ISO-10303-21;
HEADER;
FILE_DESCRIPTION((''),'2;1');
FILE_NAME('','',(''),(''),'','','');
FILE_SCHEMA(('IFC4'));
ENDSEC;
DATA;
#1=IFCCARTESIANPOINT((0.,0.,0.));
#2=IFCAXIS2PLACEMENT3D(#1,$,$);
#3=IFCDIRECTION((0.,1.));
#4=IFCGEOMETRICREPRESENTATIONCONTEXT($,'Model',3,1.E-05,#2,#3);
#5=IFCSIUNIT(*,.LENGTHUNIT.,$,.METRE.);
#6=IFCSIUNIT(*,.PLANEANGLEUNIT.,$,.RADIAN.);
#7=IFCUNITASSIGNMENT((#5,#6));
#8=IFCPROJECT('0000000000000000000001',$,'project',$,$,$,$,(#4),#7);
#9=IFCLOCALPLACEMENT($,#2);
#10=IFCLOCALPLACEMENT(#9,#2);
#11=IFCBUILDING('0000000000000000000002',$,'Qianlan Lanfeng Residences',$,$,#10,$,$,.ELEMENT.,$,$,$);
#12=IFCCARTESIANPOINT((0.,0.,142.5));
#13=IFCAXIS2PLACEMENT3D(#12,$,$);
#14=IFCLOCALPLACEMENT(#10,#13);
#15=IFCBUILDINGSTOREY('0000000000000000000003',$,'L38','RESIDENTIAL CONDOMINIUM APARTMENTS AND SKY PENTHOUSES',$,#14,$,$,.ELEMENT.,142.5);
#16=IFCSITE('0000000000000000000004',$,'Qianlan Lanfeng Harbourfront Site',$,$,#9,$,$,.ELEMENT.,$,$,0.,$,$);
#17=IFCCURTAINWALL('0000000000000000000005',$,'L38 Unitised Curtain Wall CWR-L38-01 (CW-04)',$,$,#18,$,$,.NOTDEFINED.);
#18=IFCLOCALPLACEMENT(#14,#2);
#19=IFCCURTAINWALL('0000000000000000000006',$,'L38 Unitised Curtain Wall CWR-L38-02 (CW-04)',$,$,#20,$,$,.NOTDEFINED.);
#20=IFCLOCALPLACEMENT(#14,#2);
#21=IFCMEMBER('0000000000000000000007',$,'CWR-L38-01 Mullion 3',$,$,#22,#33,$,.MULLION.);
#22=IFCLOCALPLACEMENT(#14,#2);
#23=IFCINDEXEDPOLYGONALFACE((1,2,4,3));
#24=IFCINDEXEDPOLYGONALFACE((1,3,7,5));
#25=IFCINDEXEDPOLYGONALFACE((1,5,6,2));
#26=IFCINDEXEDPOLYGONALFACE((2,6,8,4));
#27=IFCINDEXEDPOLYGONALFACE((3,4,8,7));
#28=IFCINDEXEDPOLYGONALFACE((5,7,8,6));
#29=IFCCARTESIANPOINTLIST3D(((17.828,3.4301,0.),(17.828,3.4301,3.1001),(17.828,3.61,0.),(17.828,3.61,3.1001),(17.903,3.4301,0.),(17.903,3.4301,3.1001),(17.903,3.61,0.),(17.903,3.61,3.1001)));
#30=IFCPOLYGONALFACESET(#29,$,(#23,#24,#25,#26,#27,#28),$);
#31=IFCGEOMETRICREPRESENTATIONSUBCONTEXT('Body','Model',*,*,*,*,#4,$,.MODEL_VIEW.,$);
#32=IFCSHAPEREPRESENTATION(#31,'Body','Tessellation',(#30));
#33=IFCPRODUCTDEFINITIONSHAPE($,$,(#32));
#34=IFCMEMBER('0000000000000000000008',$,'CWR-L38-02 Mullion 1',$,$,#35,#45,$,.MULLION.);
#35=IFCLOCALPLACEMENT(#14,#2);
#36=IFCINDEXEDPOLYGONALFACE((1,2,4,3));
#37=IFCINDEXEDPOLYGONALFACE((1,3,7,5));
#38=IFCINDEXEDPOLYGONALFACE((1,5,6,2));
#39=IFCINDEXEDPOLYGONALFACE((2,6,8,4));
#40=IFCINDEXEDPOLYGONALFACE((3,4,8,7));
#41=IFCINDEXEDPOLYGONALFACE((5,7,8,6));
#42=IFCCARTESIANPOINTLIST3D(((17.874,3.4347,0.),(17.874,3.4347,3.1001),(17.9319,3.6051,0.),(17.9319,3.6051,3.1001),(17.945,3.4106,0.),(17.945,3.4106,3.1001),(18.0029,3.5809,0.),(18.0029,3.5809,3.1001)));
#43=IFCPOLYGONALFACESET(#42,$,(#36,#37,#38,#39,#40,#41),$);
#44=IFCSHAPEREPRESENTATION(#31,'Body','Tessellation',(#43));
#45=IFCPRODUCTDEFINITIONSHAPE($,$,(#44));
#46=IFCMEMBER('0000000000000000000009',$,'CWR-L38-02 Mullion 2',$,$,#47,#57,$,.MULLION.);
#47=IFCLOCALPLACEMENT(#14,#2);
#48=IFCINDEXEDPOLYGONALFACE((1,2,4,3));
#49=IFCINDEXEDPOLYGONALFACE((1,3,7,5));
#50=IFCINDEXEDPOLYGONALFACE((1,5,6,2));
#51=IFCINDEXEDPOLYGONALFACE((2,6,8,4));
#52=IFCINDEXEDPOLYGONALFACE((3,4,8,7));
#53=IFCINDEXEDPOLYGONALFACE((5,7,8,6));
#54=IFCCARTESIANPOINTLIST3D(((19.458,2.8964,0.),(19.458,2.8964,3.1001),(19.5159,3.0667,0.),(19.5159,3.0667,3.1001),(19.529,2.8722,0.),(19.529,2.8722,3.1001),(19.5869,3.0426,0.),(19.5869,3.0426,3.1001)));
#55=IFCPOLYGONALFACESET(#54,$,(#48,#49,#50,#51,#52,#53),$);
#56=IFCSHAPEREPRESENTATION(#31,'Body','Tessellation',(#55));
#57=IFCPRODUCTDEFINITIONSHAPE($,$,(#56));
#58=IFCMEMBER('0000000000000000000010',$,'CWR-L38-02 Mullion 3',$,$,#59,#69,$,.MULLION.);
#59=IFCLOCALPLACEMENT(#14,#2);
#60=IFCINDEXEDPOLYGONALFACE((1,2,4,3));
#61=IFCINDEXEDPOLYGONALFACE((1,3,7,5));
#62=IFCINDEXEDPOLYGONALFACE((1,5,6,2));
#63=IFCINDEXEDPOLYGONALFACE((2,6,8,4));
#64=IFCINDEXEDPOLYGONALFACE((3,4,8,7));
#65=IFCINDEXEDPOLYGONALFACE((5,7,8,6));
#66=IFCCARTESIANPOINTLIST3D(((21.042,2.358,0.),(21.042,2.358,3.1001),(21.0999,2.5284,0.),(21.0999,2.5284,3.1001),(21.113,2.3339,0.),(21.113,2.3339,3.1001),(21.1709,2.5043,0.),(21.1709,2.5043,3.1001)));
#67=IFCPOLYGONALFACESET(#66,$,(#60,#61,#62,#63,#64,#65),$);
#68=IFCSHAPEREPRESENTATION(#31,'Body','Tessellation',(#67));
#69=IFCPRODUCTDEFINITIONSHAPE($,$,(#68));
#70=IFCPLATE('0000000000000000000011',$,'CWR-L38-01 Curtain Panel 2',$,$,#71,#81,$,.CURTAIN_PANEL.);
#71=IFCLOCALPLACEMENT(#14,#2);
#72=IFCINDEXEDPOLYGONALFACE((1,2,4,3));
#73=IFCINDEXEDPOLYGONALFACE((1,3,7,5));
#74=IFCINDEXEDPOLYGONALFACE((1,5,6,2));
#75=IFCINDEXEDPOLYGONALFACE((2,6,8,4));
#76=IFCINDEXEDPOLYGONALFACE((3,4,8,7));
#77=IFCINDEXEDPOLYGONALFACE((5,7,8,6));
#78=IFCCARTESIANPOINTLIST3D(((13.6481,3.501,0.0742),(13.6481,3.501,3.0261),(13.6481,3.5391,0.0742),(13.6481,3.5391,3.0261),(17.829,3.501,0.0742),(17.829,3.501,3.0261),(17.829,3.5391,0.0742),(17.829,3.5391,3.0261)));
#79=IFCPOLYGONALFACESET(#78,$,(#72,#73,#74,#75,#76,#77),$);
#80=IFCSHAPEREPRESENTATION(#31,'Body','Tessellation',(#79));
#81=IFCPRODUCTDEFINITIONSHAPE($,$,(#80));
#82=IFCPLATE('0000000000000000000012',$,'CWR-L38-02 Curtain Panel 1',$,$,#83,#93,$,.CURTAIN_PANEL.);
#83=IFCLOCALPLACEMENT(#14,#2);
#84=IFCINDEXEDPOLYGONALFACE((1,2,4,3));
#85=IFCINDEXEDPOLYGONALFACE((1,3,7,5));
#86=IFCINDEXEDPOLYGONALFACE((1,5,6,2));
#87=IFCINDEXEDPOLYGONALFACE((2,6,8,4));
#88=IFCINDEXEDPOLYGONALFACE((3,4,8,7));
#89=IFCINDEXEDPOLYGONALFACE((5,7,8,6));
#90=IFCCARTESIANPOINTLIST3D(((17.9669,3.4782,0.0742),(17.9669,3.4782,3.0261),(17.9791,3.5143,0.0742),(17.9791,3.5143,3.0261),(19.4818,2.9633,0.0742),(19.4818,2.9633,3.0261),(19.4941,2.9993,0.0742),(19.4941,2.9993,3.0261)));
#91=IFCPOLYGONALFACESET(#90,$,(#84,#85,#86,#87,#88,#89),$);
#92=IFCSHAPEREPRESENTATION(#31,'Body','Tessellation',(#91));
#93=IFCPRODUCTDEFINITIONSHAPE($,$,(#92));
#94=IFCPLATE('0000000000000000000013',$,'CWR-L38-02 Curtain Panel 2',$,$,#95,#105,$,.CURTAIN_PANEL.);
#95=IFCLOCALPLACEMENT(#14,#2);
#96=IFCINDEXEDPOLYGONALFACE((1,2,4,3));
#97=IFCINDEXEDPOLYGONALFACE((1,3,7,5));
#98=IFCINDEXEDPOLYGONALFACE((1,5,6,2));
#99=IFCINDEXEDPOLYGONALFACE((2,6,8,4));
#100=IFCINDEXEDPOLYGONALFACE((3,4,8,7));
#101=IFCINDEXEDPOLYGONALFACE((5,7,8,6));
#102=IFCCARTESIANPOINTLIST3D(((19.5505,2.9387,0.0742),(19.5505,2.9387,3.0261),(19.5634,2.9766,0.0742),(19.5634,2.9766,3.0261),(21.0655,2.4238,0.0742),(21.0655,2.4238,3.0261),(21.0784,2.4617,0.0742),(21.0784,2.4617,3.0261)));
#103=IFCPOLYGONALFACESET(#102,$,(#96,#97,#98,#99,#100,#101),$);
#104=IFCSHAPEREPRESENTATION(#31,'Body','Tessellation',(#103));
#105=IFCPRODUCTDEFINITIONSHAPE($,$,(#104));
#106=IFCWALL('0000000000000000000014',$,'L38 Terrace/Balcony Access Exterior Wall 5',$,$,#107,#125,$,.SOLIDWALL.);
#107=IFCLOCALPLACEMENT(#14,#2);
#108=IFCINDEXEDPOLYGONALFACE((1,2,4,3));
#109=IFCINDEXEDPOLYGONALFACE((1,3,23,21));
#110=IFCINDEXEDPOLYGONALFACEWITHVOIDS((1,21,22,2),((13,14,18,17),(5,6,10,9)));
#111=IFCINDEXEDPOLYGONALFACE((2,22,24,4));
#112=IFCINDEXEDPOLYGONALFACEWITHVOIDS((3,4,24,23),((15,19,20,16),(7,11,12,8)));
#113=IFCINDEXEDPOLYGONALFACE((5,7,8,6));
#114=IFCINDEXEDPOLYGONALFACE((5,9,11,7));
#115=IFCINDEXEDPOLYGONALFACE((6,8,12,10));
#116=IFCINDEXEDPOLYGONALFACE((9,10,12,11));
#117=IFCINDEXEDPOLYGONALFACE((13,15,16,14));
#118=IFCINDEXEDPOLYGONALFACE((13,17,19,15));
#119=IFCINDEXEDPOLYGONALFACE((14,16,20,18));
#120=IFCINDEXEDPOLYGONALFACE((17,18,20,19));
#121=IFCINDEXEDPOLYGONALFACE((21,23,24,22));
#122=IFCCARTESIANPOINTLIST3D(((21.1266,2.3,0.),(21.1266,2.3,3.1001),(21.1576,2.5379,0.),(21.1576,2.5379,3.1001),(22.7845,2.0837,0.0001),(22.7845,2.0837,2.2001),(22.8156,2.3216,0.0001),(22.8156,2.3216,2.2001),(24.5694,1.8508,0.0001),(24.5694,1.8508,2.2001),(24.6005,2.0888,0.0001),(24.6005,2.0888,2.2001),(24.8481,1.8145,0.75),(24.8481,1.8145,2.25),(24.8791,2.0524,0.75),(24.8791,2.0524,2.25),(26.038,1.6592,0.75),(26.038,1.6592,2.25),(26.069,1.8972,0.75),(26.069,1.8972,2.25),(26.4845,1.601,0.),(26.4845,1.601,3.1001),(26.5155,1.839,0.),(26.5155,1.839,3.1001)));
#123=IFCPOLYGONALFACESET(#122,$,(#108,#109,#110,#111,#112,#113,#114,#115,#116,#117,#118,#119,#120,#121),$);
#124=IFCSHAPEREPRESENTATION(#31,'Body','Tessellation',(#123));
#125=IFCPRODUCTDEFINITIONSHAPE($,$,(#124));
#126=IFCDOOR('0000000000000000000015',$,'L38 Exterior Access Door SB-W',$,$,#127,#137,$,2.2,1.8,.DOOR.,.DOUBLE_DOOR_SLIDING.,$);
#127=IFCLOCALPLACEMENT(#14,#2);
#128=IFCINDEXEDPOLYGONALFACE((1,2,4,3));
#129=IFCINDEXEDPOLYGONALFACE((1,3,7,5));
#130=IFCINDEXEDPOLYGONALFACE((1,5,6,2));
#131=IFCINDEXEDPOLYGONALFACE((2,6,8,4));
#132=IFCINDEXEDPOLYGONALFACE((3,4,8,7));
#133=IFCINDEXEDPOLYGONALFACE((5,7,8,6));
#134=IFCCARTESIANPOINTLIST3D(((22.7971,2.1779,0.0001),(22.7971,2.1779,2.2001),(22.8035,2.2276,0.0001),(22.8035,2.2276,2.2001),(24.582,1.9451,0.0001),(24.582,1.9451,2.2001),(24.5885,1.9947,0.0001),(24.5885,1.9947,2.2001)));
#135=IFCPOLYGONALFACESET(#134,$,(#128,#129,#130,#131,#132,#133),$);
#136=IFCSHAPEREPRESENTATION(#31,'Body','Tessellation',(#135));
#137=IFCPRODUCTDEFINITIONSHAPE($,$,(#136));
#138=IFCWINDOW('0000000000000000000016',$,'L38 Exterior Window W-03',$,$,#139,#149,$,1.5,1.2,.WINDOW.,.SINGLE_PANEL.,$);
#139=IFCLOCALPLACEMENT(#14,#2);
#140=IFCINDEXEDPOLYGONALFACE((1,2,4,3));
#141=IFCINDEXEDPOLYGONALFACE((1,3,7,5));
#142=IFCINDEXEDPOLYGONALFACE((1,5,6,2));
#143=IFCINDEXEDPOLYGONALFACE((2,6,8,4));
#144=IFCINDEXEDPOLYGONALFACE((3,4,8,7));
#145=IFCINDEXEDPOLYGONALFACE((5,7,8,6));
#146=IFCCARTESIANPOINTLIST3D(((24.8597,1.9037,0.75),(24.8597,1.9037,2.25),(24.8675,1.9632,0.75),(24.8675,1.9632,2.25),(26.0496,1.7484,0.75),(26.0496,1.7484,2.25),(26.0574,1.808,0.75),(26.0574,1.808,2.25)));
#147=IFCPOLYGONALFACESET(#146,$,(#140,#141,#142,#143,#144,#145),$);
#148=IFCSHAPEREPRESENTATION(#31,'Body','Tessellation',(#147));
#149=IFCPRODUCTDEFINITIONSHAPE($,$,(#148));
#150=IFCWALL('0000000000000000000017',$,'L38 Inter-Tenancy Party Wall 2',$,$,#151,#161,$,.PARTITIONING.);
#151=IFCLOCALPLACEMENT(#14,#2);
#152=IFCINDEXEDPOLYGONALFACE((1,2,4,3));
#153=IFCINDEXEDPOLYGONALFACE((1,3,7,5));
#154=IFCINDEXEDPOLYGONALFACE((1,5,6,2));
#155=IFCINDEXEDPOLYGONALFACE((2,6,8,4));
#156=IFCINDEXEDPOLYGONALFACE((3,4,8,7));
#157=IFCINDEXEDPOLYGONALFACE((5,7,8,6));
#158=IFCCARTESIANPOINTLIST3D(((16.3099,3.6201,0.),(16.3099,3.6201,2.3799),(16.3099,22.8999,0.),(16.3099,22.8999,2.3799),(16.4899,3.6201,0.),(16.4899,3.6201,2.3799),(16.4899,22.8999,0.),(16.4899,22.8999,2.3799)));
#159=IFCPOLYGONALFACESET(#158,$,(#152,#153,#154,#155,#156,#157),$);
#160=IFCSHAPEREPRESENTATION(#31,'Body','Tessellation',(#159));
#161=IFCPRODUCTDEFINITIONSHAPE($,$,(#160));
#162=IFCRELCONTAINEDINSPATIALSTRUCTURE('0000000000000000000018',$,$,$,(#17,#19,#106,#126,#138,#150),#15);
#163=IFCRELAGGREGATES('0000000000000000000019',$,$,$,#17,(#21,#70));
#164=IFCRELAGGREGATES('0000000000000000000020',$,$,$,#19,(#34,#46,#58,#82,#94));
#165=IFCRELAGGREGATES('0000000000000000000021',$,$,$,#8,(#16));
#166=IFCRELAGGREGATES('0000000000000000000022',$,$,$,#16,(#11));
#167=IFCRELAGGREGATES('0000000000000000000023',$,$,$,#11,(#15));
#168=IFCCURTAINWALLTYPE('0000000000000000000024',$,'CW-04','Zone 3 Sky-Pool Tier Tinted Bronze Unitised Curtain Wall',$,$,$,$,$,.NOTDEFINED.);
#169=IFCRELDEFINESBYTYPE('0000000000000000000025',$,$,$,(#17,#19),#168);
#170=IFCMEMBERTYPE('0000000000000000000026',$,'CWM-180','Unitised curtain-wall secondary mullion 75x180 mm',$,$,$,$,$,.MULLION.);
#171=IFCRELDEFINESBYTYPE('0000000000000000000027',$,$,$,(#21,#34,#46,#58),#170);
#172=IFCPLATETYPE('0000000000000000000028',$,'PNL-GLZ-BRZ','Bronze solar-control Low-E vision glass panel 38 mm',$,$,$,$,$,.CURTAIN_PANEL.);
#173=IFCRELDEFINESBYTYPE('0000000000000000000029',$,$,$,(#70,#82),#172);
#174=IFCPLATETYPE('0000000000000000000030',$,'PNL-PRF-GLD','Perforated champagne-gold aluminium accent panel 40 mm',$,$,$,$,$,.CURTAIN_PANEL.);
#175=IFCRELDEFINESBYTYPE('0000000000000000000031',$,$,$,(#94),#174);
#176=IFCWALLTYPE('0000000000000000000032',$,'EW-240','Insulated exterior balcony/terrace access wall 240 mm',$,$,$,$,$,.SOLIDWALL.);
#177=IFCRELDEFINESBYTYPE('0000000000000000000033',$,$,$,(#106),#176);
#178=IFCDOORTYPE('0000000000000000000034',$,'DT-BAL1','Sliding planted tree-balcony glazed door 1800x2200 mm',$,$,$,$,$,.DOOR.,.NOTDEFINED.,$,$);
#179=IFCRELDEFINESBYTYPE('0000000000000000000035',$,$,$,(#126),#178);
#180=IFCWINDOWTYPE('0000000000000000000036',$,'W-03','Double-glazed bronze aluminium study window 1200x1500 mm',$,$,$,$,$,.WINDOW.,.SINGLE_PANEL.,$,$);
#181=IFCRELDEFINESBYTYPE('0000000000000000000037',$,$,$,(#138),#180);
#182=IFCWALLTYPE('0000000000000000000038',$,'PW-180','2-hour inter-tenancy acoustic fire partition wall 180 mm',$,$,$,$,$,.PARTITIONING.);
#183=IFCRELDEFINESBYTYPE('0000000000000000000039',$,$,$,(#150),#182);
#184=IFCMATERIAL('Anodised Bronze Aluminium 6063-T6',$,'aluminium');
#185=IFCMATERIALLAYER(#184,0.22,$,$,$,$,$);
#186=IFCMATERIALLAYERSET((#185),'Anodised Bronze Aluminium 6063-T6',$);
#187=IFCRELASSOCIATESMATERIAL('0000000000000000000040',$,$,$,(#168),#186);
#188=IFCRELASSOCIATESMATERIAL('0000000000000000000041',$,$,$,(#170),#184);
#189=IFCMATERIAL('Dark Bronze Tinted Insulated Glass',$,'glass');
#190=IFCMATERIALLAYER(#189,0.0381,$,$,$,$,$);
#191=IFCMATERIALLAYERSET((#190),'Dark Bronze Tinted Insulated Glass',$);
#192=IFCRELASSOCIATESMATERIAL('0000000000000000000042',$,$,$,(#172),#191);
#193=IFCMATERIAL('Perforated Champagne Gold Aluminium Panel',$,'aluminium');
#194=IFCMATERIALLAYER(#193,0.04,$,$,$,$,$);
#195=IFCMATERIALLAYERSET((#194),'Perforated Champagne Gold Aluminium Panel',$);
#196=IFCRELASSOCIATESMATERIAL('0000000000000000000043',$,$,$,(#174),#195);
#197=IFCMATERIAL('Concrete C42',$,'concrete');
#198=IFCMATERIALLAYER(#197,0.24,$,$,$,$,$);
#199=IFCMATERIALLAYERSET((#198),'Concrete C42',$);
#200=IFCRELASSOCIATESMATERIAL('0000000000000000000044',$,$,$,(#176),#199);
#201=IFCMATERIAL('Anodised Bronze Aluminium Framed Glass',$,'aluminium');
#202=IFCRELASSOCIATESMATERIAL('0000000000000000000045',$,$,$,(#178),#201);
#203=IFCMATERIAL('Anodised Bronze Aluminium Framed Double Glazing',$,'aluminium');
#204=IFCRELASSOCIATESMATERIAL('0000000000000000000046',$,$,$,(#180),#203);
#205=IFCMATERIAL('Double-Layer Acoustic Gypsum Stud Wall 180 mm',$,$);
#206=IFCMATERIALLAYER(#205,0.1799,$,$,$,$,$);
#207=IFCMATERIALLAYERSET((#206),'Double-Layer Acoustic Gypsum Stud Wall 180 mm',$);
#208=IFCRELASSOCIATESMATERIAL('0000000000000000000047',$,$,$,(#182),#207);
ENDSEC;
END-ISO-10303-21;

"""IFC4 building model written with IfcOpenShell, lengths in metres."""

from ifc_helpers import new_model, si_unit, direction, frame, frame_2d, origin, origin_2d, place, context, subcontext, project, spatial, rectangle, extrude, source, transform, mapped, material, layer, layer_set, material_profile, profile_set, type_object, element, fill, aggregate, save


model = new_model("IFC4")

# Units and contexts
model_context = context("Model", 3, precision=1e-05, world=origin(), true_north=direction((0.0, 1.0)))
body_context = subcontext(model_context, "Body", "Model", "MODEL_VIEW")
ifc_project = project(units=[si_unit("LENGTHUNIT", "METRE"), si_unit("PLANEANGLEUNIT", "RADIAN")], contexts=[model_context])

# Site, building, storey
site_placement = place(None, origin())
site = spatial("IfcSite", under=ifc_project, at=site_placement, Name="Qianlan Lanfeng Harbourfront Site", CompositionType="ELEMENT", RefElevation=0.0)
building_placement = place(site_placement, origin())
building = spatial("IfcBuilding", under=site, at=building_placement, Name="Qianlan Lanfeng Residences", CompositionType="ELEMENT")
storey_placement = place(building_placement, frame((0.0, 0.0, 142.5)))
storey = spatial("IfcBuildingStorey", under=building, at=storey_placement, Name="L38", Description="RESIDENTIAL CONDOMINIUM APARTMENTS AND SKY PENTHOUSES", CompositionType="ELEMENT", Elevation=142.5)

# Curtain wall
ifc_material_1 = material(Name="Anodised Bronze Aluminium 6063-T6", Category="aluminium")
ifc_layer_1 = layer(ifc_material_1, 0.22)
ifc_layer_set_1 = layer_set([ifc_layer_1], Name="Anodised Bronze Aluminium 6063-T6")
curtain_wall_type = type_object("IfcCurtainWallType", Name="CW-04", Description="Zone 3 Sky-Pool Tier Tinted Bronze Unitised Curtain Wall", PredefinedType="NOTDEFINED", material=ifc_layer_set_1)
curtain_wall_1_placement = place(storey_placement, origin())
curtain_wall_1 = element("IfcCurtainWall", 1, at=curtain_wall_1_placement, inside=storey, type_object=curtain_wall_type, Name="L38 Unitised Curtain Wall CWR-L38-01 (CW-04)", PredefinedType="NOTDEFINED")

# Curtain wall
curtain_wall_2_placement = place(storey_placement, origin())
curtain_wall_2 = element("IfcCurtainWall", 2, at=curtain_wall_2_placement, inside=storey, type_object=curtain_wall_type, Name="L38 Unitised Curtain Wall CWR-L38-02 (CW-04)", PredefinedType="NOTDEFINED")

# Members
ifc_material_profile_1 = material_profile(ifc_material_1, rectangle(XDim=0.075, YDim=0.1799, at=origin_2d()), Name="ALU MULLION 75x180")
ifc_profile_set_1 = profile_set([ifc_material_profile_1], Name="Anodised Bronze Aluminium 6063-T6")
member_type_1 = type_object("IfcMemberType", Name="CWM-180", Description="Unitised curtain-wall secondary mullion 75x180 mm", PredefinedType="MULLION", material=ifc_profile_set_1)
shared_shape_1 = source(origin(), body_context, "Body", "SweptSolid", [
    extrude(rectangle(XDim=0.075, YDim=0.1799, at=origin_2d()), origin(), (0.0, 0.0, 1.0), 3.1001),
])
member_1_placement = place(storey_placement, frame((17.8655, 3.52, 0.0), z_axis=(0.0, 0.0, 1.0), x_axis=(1.0, 0.0, 0.0)))
member_1 = element("IfcMember", 3, at=member_1_placement, type_object=member_type_1, Name="CWR-L38-01 Mullion 3", PredefinedType="MULLION", context=body_context, shape_type="MappedRepresentation", body=[
    mapped(shared_shape_1, transform((0.0, 0.0, 0.0), scale=1.0)),
])
member_2_placement = place(storey_placement, frame((17.9385, 3.5078, 0.0), z_axis=(0.0, 0.0, 1.0), x_axis=(0.946796, -0.321834, 0.0)))
member_2 = element("IfcMember", 4, at=member_2_placement, type_object=member_type_1, Name="CWR-L38-02 Mullion 1", PredefinedType="MULLION", context=body_context, shape_type="MappedRepresentation", body=[
    mapped(shared_shape_1, transform((0.0, 0.0, 0.0), scale=1.0)),
])
member_3_placement = place(storey_placement, frame((19.5225, 2.9695, 0.0), z_axis=(0.0, 0.0, 1.0), x_axis=(0.946796, -0.321834, 0.0)))
member_3 = element("IfcMember", 5, at=member_3_placement, type_object=member_type_1, Name="CWR-L38-02 Mullion 2", PredefinedType="MULLION", context=body_context, shape_type="MappedRepresentation", body=[
    mapped(shared_shape_1, transform((0.0, 0.0, 0.0), scale=1.0)),
])
member_4_placement = place(storey_placement, frame((21.1064, 2.4312, 0.0), z_axis=(0.0, 0.0, 1.0), x_axis=(0.946796, -0.321834, 0.0)))
member_4 = element("IfcMember", 6, at=member_4_placement, type_object=member_type_1, Name="CWR-L38-02 Mullion 3", PredefinedType="MULLION", context=body_context, shape_type="MappedRepresentation", body=[
    mapped(shared_shape_1, transform((0.0, 0.0, 0.0), scale=1.0)),
])

# Plates
ifc_material_2 = material(Name="Dark Bronze Tinted Insulated Glass", Category="glass")
ifc_layer_2 = layer(ifc_material_2, 0.0381)
ifc_layer_set_2 = layer_set([ifc_layer_2], Name="Dark Bronze Tinted Insulated Glass")
plate_type_1 = type_object("IfcPlateType", Name="PNL-GLZ-BRZ", Description="Bronze solar-control Low-E vision glass panel 38 mm", PredefinedType="CURTAIN_PANEL", material=ifc_layer_set_2)
shared_shape_2 = source(origin(), body_context, "Body", "SweptSolid", [
    extrude(rectangle(XDim=4.1809, YDim=0.0381, at=origin_2d()), origin(), (0.0, 0.0, 1.0), 2.9519),
])
plate_1_placement = place(storey_placement, frame((15.7385, 3.52, 0.0742), z_axis=(0.0, 0.0, 1.0), x_axis=(1.0, 0.0, 0.0)))
plate_1 = element("IfcPlate", 7, at=plate_1_placement, type_object=plate_type_1, Name="CWR-L38-01 Curtain Panel 2", PredefinedType="CURTAIN_PANEL", context=body_context, shape_type="MappedRepresentation", body=[
    mapped(shared_shape_2, transform((0.0, 0.0, 0.0), scale=1.0)),
])
aggregate(curtain_wall_1, [member_1, plate_1])
shared_shape_3 = source(origin(), body_context, "Body", "SweptSolid", [
    extrude(rectangle(XDim=1.6001, YDim=0.0381, at=origin_2d()), origin(), (0.0, 0.0, 1.0), 2.9519),
])
plate_2_placement = place(storey_placement, frame((18.7305, 3.2388, 0.0742), z_axis=(0.0, 0.0, 1.0), x_axis=(0.946796, -0.321834, 0.0)))
plate_2 = element("IfcPlate", 8, at=plate_2_placement, type_object=plate_type_1, Name="CWR-L38-02 Curtain Panel 1", PredefinedType="CURTAIN_PANEL", context=body_context, shape_type="MappedRepresentation", body=[
    mapped(shared_shape_3, transform((0.0, 0.0, 0.0), scale=1.0)),
])
ifc_material_3 = material(Name="Perforated Champagne Gold Aluminium Panel", Category="aluminium")
ifc_layer_3 = layer(ifc_material_3, 0.04)
ifc_layer_set_3 = layer_set([ifc_layer_3], Name="Perforated Champagne Gold Aluminium Panel")
plate_type_2 = type_object("IfcPlateType", Name="PNL-PRF-GLD", Description="Perforated champagne-gold aluminium accent panel 40 mm", PredefinedType="CURTAIN_PANEL", material=ifc_layer_set_3)
shared_shape_4 = source(origin(), body_context, "Body", "SweptSolid", [
    extrude(rectangle(XDim=1.6001, YDim=0.04, at=origin_2d()), origin(), (0.0, 0.0, 1.0), 2.9519),
])
plate_3_placement = place(storey_placement, frame((20.3145, 2.7002, 0.0742), z_axis=(0.0, 0.0, 1.0), x_axis=(0.946796, -0.321834, 0.0)))
plate_3 = element("IfcPlate", 9, at=plate_3_placement, type_object=plate_type_2, Name="CWR-L38-02 Curtain Panel 2", PredefinedType="CURTAIN_PANEL", context=body_context, shape_type="MappedRepresentation", body=[
    mapped(shared_shape_4, transform((0.0, 0.0, 0.0), scale=1.0)),
])
aggregate(curtain_wall_2, [member_2, member_3, member_4, plate_2, plate_3])

# Wall, openings, door, window
ifc_material_4 = material(Name="Concrete C42", Category="concrete")
ifc_layer_4 = layer(ifc_material_4, 0.24)
ifc_layer_set_4 = layer_set([ifc_layer_4], Name="Concrete C42")
wall_type_1 = type_object("IfcWallType", Name="EW-240", Description="Insulated exterior balcony/terrace access wall 240 mm", PredefinedType="SOLIDWALL", material=ifc_layer_set_4)
wall_1_placement = place(storey_placement, frame((21.1421, 2.4189, 0.0), z_axis=(0.0, 0.0, 1.0), x_axis=(0.991598, -0.12936, 0.0)))
wall_1 = element("IfcWall", 10, at=wall_1_placement, inside=storey, type_object=wall_type_1, Name="L38 Terrace/Balcony Access Exterior Wall 5", PredefinedType="SOLIDWALL", context=body_context, shape_type="SweptSolid", body=[
    extrude(rectangle(XDim=5.4033, YDim=0.24, at=frame_2d((2.7017, 0.0))), origin(), (0.0, 0.0, 1.0), 3.1001),
])
opening_1_placement = place(wall_1_placement, frame((1.6721, 0.0, 0.0)))
opening_1 = element("IfcOpeningElement", 11, at=opening_1_placement, cuts=wall_1, PredefinedType="OPENING", context=body_context, shape_type="SweptSolid", body=[
    extrude(rectangle(XDim=1.8, YDim=2.2, at=frame_2d((0.8999, 1.1001))), frame((0.0, 0.1299, 0.0), z_axis=(0.0, -1.0, 0.0), x_axis=(1.0, 0.0, 0.0)), (0.0, 0.0, 1.0), 0.26),
])
opening_2_placement = place(wall_1_placement, frame((3.7529, 0.0, 0.75)))
opening_2 = element("IfcOpeningElement", 12, at=opening_2_placement, cuts=wall_1, PredefinedType="OPENING", context=body_context, shape_type="SweptSolid", body=[
    extrude(rectangle(XDim=1.2, YDim=1.5, at=frame_2d((0.6001, 0.75))), frame((0.0, 0.1299, 0.0), z_axis=(0.0, -1.0, 0.0), x_axis=(1.0, 0.0, 0.0)), (0.0, 0.0, 1.0), 0.26),
])
ifc_material_5 = material(Name="Anodised Bronze Aluminium Framed Glass", Category="aluminium")
door_type = type_object("IfcDoorType", Name="DT-BAL1", Description="Sliding planted tree-balcony glazed door 1800x2200 mm", OperationType="NOTDEFINED", PredefinedType="DOOR", material=ifc_material_5)
door_placement = place(opening_1_placement, frame((1.8, 0.0, 0.0), z_axis=(0.0, 0.0, 1.0), x_axis=(-1.0, 0.0, 0.0)))
door = element("IfcDoor", 13, at=door_placement, inside=storey, type_object=door_type, Name="L38 Exterior Access Door SB-W", OperationType="DOUBLE_DOOR_SLIDING", OverallHeight=2.2, OverallWidth=1.8, PredefinedType="DOOR", context=body_context, shape_type="SweptSolid", body=[
    extrude(rectangle(XDim=1.8, YDim=2.2, at=frame_2d((0.8999, 1.1001))), frame((0.0, 0.0249, 0.0), z_axis=(0.0, -1.0, 0.0), x_axis=(1.0, 0.0, 0.0)), (0.0, 0.0, 1.0), 0.05),
])
fill(opening_1, door)
ifc_material_6 = material(Name="Anodised Bronze Aluminium Framed Double Glazing", Category="aluminium")
window_type = type_object("IfcWindowType", Name="W-03", Description="Double-glazed bronze aluminium study window 1200x1500 mm", PartitioningType="SINGLE_PANEL", PredefinedType="WINDOW", material=ifc_material_6)
window_placement = place(opening_2_placement, origin())
window = element("IfcWindow", 14, at=window_placement, inside=storey, type_object=window_type, Name="L38 Exterior Window W-03", OverallHeight=1.5, OverallWidth=1.2, PartitioningType="SINGLE_PANEL", PredefinedType="WINDOW", context=body_context, shape_type="SweptSolid", body=[
    extrude(rectangle(XDim=1.2, YDim=1.5, at=frame_2d((0.6001, 0.75))), frame((0.0, 0.03, 0.0), z_axis=(0.0, -1.0, 0.0), x_axis=(1.0, 0.0, 0.0)), (0.0, 0.0, 1.0), 0.0601),
])
fill(opening_2, window)

# Wall
ifc_material_7 = material(Name="Double-Layer Acoustic Gypsum Stud Wall 180 mm")
ifc_layer_5 = layer(ifc_material_7, 0.1799)
ifc_layer_set_5 = layer_set([ifc_layer_5], Name="Double-Layer Acoustic Gypsum Stud Wall 180 mm")
wall_type_2 = type_object("IfcWallType", Name="PW-180", Description="2-hour inter-tenancy acoustic fire partition wall 180 mm", PredefinedType="PARTITIONING", material=ifc_layer_set_5)
wall_2_placement = place(storey_placement, frame((16.3999, 3.6201, 0.0), z_axis=(0.0, 0.0, 1.0), x_axis=(0.0, 1.0, 0.0)))
element("IfcWall", 15, at=wall_2_placement, inside=storey, type_object=wall_type_2, Name="L38 Inter-Tenancy Party Wall 2", PredefinedType="PARTITIONING", context=body_context, shape_type="SweptSolid", body=[
    extrude(rectangle(XDim=19.2798, YDim=0.1799, at=frame_2d((9.6399, 0.0))), origin(), (0.0, 0.0, 1.0), 2.3799),
])

save(model, "model.ifc")
